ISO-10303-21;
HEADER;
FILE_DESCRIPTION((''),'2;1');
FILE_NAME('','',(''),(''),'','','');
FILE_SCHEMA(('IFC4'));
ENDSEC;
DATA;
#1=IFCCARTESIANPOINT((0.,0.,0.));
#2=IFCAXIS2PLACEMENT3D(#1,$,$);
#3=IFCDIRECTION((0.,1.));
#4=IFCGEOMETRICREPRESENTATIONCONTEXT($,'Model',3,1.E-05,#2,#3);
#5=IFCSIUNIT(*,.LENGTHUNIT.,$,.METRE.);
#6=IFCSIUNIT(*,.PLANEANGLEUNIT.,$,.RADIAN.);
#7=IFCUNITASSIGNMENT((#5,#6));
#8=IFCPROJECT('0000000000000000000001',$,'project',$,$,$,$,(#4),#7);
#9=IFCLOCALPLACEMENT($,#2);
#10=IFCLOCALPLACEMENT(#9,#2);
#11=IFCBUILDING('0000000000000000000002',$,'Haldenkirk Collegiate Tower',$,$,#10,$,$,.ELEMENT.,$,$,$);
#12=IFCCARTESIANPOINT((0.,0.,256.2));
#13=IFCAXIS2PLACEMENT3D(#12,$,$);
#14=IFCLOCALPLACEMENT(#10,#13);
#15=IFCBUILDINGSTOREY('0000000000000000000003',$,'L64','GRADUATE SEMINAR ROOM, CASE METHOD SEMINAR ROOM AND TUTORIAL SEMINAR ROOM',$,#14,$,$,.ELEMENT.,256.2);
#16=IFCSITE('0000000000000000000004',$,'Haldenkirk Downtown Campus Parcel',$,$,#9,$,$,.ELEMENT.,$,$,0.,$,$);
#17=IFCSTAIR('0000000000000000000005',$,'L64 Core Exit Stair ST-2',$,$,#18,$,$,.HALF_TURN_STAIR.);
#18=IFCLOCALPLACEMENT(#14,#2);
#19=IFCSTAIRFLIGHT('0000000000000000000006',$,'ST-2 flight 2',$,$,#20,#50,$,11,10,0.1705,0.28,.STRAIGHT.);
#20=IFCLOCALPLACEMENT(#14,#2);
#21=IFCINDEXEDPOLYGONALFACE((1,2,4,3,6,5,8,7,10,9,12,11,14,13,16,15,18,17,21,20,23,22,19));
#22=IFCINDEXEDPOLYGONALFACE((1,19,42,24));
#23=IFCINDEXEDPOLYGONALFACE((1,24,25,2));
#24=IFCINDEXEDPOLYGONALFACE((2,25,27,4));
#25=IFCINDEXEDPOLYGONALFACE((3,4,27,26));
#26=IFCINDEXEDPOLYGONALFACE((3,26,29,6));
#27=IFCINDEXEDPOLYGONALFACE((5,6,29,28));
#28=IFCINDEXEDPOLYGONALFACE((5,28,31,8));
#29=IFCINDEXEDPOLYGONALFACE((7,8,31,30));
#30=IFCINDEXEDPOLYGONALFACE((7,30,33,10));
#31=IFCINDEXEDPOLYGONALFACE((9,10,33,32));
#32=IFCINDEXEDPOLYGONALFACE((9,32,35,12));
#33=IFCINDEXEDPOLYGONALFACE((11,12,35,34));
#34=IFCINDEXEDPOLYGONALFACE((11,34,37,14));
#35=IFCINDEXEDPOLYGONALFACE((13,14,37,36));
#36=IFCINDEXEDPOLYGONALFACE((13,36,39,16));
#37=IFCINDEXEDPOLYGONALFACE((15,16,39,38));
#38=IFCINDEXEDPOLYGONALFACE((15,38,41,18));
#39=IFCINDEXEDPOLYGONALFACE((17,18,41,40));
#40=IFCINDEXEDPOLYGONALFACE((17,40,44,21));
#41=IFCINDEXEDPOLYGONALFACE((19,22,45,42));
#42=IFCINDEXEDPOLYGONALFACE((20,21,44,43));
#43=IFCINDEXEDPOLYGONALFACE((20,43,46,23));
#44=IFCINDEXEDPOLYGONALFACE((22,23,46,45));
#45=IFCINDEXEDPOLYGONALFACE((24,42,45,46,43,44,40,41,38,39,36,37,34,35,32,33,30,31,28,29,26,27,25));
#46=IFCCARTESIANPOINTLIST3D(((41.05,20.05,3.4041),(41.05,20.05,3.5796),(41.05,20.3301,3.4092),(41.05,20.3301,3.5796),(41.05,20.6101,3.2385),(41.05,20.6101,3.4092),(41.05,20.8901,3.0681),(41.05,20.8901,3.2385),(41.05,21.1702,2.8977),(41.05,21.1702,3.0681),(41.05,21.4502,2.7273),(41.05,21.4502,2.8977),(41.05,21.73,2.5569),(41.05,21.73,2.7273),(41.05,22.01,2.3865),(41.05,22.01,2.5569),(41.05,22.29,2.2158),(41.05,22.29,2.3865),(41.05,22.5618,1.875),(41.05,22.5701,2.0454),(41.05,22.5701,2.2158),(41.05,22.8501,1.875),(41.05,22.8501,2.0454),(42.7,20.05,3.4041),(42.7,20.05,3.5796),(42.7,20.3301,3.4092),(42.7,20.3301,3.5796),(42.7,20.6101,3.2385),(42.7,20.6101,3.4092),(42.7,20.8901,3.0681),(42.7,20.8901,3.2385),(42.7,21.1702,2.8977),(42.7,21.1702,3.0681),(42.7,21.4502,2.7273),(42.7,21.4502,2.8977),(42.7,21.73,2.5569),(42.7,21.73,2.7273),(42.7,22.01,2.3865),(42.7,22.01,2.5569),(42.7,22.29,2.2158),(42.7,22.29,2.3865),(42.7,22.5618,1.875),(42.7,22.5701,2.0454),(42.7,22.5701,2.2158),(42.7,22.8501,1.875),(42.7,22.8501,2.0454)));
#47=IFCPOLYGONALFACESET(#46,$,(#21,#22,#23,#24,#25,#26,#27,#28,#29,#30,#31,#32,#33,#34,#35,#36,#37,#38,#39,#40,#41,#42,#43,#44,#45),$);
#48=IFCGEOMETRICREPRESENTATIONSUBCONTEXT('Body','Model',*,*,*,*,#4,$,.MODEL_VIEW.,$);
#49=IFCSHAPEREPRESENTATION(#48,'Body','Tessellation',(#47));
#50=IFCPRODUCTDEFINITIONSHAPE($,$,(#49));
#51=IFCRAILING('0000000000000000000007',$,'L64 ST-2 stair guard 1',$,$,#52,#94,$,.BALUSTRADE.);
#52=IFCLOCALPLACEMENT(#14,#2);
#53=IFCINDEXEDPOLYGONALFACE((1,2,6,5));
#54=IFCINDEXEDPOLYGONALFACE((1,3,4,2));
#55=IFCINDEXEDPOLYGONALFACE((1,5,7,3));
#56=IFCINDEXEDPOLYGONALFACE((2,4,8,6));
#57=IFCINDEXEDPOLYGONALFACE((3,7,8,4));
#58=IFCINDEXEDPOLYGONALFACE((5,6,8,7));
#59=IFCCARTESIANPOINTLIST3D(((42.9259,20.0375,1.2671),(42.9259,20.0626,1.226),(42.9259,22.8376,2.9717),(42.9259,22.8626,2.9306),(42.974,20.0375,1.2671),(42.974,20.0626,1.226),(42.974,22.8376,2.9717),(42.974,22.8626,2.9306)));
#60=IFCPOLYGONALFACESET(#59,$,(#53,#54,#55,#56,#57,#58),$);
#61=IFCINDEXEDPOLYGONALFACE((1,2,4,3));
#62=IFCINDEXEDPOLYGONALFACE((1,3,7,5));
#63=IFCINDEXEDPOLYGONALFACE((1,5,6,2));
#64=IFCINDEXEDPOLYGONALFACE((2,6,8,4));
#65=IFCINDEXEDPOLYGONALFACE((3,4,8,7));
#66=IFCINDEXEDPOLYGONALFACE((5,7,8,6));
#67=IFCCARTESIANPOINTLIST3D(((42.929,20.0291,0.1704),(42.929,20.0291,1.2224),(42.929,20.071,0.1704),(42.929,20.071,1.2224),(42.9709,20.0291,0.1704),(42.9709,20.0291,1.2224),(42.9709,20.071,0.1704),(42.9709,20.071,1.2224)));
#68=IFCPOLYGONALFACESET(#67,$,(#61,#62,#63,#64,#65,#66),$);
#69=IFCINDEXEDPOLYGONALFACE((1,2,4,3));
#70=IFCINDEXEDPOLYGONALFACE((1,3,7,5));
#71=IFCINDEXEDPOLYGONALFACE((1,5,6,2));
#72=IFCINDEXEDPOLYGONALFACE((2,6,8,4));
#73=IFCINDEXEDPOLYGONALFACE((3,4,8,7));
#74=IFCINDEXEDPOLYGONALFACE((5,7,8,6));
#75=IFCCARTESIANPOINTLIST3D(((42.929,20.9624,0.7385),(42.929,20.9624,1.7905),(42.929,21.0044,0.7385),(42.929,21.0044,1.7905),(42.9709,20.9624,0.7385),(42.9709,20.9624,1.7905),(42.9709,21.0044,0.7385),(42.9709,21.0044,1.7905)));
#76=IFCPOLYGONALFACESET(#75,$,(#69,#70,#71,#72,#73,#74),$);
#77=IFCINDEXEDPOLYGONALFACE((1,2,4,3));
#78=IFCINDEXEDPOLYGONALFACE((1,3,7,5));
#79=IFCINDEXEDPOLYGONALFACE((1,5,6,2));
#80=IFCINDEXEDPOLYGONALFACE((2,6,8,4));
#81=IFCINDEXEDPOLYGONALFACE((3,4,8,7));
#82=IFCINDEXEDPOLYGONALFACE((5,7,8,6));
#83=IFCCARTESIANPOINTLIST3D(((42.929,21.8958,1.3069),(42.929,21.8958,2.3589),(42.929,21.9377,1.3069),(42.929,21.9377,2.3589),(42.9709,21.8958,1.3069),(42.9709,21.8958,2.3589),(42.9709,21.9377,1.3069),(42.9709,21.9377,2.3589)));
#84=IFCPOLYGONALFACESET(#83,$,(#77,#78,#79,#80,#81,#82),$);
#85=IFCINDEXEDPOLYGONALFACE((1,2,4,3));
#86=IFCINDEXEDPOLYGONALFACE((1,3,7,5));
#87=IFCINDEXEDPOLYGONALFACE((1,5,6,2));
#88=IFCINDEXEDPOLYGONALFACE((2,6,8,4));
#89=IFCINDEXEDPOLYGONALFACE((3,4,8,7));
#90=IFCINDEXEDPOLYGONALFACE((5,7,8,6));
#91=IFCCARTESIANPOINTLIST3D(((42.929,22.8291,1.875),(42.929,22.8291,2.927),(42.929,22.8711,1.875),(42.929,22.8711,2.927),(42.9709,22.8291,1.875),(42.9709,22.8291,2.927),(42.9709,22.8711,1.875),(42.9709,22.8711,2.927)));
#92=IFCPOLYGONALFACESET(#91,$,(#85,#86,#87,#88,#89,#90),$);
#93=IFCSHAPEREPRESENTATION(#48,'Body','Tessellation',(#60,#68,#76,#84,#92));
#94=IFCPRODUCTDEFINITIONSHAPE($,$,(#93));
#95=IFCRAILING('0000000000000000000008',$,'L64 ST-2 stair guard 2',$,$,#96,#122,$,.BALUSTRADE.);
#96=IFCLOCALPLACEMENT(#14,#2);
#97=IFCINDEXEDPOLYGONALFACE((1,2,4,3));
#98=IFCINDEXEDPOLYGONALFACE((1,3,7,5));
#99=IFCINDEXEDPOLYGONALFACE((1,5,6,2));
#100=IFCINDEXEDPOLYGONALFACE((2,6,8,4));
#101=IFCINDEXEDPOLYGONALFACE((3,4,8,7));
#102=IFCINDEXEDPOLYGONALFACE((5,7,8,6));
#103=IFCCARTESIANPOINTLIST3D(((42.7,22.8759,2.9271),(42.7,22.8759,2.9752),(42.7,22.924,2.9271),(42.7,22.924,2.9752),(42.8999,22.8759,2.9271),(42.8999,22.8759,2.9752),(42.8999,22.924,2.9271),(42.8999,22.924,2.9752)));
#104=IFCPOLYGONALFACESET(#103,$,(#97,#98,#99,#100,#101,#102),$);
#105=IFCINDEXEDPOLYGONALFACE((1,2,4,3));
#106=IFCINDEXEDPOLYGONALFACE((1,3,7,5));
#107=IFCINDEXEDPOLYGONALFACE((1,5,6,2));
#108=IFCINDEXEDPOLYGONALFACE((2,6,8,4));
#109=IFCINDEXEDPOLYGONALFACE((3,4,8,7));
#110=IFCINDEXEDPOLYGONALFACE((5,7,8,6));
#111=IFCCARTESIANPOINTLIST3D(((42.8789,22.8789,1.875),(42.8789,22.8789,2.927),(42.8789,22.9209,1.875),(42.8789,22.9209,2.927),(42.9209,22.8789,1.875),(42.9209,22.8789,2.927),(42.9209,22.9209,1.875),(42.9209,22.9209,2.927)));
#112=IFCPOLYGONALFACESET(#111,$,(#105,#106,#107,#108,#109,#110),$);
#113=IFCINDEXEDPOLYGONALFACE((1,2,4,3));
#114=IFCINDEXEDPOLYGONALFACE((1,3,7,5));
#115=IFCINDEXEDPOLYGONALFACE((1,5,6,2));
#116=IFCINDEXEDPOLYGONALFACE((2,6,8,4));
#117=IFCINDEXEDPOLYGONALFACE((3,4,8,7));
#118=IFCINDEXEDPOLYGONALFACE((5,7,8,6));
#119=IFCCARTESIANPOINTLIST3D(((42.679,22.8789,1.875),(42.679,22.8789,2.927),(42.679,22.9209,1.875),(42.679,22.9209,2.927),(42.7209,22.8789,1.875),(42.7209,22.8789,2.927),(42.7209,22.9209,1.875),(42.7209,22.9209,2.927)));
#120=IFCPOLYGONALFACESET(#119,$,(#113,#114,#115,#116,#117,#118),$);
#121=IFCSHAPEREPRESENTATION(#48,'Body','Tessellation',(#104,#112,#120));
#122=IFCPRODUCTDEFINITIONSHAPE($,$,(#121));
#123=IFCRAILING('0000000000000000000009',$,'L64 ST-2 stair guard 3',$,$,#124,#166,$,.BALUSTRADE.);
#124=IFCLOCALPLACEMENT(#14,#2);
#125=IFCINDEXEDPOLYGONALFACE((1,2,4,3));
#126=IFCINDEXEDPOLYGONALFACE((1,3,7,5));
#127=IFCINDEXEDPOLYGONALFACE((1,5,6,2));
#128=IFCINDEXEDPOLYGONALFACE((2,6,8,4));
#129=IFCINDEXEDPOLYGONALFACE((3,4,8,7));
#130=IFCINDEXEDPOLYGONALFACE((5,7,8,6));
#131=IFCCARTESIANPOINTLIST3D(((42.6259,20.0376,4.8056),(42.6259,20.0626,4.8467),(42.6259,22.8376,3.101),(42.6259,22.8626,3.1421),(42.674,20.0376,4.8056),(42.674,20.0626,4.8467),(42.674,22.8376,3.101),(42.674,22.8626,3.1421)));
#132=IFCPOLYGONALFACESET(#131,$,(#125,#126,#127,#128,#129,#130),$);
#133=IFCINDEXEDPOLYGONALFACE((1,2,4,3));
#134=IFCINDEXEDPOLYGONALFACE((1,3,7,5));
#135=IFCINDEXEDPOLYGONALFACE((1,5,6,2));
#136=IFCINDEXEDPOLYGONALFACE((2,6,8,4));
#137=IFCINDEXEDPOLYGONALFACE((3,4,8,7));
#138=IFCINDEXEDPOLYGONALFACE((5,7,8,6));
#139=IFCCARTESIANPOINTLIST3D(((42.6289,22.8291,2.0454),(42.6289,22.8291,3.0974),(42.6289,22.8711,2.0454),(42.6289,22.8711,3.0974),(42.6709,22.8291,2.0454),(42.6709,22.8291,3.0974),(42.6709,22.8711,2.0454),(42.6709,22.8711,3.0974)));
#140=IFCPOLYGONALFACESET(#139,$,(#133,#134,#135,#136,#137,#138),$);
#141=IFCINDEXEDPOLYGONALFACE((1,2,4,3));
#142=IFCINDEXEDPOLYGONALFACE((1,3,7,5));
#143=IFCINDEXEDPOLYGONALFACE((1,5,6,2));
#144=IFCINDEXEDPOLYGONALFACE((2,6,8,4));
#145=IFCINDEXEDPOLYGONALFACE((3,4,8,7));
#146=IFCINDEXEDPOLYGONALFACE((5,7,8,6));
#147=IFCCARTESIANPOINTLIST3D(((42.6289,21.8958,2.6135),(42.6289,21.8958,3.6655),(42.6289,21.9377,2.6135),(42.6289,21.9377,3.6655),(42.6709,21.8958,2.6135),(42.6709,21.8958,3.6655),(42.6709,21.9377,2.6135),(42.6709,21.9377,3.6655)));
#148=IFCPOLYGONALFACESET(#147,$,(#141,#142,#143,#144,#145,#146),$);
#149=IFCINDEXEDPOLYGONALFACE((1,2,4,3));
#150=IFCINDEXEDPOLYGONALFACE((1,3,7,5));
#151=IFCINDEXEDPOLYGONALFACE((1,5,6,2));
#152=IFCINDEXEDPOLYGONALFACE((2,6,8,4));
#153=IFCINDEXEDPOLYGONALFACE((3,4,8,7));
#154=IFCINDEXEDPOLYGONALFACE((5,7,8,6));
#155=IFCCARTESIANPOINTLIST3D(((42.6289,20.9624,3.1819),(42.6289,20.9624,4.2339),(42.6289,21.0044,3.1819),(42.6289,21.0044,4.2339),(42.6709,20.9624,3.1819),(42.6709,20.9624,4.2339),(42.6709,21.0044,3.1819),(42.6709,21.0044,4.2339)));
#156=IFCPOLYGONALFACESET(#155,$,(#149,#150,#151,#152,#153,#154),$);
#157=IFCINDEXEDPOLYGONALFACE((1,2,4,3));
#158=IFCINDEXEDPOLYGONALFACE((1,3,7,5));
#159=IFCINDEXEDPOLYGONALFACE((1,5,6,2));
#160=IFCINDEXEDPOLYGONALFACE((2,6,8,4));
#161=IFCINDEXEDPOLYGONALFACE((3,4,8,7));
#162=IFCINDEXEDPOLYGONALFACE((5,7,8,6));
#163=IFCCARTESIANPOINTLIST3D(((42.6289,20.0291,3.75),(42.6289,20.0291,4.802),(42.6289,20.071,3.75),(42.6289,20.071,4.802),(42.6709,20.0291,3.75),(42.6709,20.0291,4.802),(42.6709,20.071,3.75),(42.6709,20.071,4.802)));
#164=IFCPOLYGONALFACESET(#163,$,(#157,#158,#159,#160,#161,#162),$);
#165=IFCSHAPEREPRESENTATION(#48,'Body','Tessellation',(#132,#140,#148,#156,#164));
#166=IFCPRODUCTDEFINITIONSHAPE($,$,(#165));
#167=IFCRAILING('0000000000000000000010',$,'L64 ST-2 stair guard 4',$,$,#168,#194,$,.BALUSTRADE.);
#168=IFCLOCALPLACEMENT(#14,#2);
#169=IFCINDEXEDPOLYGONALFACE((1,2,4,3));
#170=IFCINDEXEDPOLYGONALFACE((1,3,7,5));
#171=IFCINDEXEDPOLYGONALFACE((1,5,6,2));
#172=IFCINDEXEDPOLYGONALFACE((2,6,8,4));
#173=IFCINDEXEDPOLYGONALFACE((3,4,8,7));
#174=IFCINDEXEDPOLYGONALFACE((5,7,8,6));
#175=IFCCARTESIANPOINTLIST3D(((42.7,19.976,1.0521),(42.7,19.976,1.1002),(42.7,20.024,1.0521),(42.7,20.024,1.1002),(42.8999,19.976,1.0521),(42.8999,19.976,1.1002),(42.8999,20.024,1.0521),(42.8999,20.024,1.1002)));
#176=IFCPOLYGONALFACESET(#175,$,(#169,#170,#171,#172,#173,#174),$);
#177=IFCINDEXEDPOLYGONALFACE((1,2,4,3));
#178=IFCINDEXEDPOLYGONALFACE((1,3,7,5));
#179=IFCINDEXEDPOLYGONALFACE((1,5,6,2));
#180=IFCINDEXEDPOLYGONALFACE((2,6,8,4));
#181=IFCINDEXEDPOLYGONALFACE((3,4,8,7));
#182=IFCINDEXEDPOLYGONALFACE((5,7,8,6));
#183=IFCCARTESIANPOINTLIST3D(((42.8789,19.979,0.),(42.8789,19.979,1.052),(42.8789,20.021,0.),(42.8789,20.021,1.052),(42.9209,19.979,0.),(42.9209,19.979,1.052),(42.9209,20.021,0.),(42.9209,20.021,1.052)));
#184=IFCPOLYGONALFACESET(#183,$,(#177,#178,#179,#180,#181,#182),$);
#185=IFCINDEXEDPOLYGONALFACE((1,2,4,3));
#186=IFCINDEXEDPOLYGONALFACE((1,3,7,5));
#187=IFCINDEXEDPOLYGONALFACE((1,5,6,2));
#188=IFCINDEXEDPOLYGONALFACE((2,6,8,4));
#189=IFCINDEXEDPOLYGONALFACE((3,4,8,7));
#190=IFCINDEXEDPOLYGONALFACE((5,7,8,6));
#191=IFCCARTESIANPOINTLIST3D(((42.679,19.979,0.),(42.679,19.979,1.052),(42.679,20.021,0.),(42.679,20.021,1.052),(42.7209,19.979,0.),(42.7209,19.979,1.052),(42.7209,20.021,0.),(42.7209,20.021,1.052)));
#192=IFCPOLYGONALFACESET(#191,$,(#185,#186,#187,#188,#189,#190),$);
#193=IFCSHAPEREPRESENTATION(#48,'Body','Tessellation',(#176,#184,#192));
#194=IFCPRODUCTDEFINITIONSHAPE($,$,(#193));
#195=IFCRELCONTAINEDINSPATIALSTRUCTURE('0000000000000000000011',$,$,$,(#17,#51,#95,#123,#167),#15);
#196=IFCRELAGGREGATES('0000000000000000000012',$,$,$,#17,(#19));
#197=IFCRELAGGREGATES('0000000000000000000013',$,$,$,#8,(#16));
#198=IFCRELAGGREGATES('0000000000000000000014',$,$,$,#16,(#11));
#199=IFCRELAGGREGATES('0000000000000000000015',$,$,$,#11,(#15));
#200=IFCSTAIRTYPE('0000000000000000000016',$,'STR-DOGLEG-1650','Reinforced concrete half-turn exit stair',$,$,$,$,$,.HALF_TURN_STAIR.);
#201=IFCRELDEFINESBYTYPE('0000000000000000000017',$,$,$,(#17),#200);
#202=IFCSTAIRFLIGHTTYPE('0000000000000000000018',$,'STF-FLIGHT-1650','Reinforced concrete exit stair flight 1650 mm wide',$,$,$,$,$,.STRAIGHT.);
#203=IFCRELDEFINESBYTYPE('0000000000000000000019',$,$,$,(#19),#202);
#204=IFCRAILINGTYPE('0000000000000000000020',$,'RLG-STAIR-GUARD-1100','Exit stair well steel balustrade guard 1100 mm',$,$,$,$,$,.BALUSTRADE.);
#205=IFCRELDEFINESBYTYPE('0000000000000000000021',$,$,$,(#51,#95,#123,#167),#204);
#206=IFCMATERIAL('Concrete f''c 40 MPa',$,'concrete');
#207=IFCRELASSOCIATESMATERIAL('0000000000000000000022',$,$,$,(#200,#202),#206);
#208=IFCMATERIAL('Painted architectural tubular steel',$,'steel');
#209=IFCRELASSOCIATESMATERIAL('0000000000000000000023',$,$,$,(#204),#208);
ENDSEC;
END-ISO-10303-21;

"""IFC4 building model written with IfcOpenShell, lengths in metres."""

from ifc_helpers import new_model, si_unit, direction, frame, origin, origin_2d, place, context, subcontext, project, spatial, polyline, rectangle, outline, extrude, material, type_object, element, aggregate, save


model = new_model("IFC4")

# Units and contexts
model_context = context("Model", 3, precision=1e-05, world=origin(), true_north=direction((0.0, 1.0)))
body_context = subcontext(model_context, "Body", "Model", "MODEL_VIEW")
ifc_project = project(units=[si_unit("LENGTHUNIT", "METRE"), si_unit("PLANEANGLEUNIT", "RADIAN")], contexts=[model_context])

# Site, building, storey
site_placement = place(None, origin())
site = spatial("IfcSite", under=ifc_project, at=site_placement, Name="Haldenkirk Downtown Campus Parcel", CompositionType="ELEMENT", RefElevation=0.0)
building_placement = place(site_placement, origin())
building = spatial("IfcBuilding", under=site, at=building_placement, Name="Haldenkirk Collegiate Tower", CompositionType="ELEMENT")
storey_placement = place(building_placement, frame((0.0, 0.0, 256.2)))
storey = spatial("IfcBuildingStorey", under=building, at=storey_placement, Name="L64", Description="GRADUATE SEMINAR ROOM, CASE METHOD SEMINAR ROOM AND TUTORIAL SEMINAR ROOM", CompositionType="ELEMENT", Elevation=256.2)

# Stair, stair flight
ifc_material_1 = material(Name="Concrete f'c 40 MPa", Category="concrete")
stair_type = type_object("IfcStairType", Name="STR-DOGLEG-1650", Description="Reinforced concrete half-turn exit stair", PredefinedType="HALF_TURN_STAIR", material=ifc_material_1)
stair_placement = place(storey_placement, origin())
stair = element("IfcStair", 1, at=stair_placement, inside=storey, type_object=stair_type, Name="L64 Core Exit Stair ST-2", PredefinedType="HALF_TURN_STAIR")
stair_flight_type = type_object("IfcStairFlightType", Name="STF-FLIGHT-1650", Description="Reinforced concrete exit stair flight 1650 mm wide", PredefinedType="STRAIGHT", material=ifc_material_1)
stair_flight_1_placement = place(storey_placement, frame((41.875, 22.8501, 1.875), z_axis=(0.0, 0.0, 1.0), x_axis=(0.0, -1.0, 0.0)))
stair_flight_1 = element("IfcStairFlight", 2, at=stair_flight_1_placement, type_object=stair_flight_type, Name="ST-2 flight 2", NumberOfRisers=11, NumberOfTreads=10, PredefinedType="STRAIGHT", RiserHeight=0.1705, TreadLength=0.28, context=body_context, shape_type="SweptSolid", body=[
    extrude(outline(polyline([(0.0, 0.0), (0.0, 0.1704), (0.28, 0.1704), (0.28, 0.3408), (0.5601, 0.3408), (0.5601, 0.5115), (0.8401, 0.5115), (0.8401, 0.6819), (1.1201, 0.6819), (1.1201, 0.8523), (1.3999, 0.8523), (1.3999, 1.0227), (1.6799, 1.0227), (1.6799, 1.1931), (1.96, 1.1931), (1.96, 1.3635), (2.24, 1.3635), (2.24, 1.5342), (2.52, 1.5342), (2.52, 1.7046), (2.8, 1.7046), (2.8, 1.875), (2.8, 1.5291), (0.2883, 0.0), (0.0, 0.0)])), frame((0.0, 0.825, 0.0), z_axis=(0.0, -1.0, 0.0), x_axis=(1.0, 0.0, 0.0)), (0.0, 0.0, 1.0), 1.6499),
])
aggregate(stair, [stair_flight_1])

# Railings
ifc_material_2 = material(Name="Painted architectural tubular steel", Category="steel")
railing_type_1 = type_object("IfcRailingType", Name="RLG-STAIR-GUARD-1100", Description="Exit stair well steel balustrade guard 1100 mm", PredefinedType="BALUSTRADE", material=ifc_material_2)
railing_1_placement = place(storey_placement, frame((42.95, 20.05, 0.1704)))
element("IfcRailing", 3, at=railing_1_placement, inside=storey, type_object=railing_type_1, Name="L64 ST-2 stair guard 1", PredefinedType="BALUSTRADE", context=body_context, shape_type="SweptSolid", body=[
    extrude(rectangle(XDim=0.0481, YDim=0.0481, at=origin_2d()), frame((0.0, 0.0, 1.0762), z_axis=(0.0, 0.85417, 0.519994), x_axis=(-1.0, 0.0, 0.0)), (0.0, 0.0, 1.0), 3.2781),
    extrude(rectangle(XDim=0.042, YDim=0.042, at=origin_2d()), origin(), (0.0, 0.0, 1.0), 1.052),
    extrude(rectangle(XDim=0.042, YDim=0.042, at=origin_2d()), frame((0.0, 0.9333, 0.5681)), (0.0, 0.0, 1.0), 1.052),
    extrude(rectangle(XDim=0.042, YDim=0.042, at=origin_2d()), frame((0.0, 1.8667, 1.1365)), (0.0, 0.0, 1.0), 1.052),
    extrude(rectangle(XDim=0.042, YDim=0.042, at=origin_2d()), frame((0.0, 2.8, 1.7046)), (0.0, 0.0, 1.0), 1.052),
])
railing_2_placement = place(storey_placement, frame((42.8999, 22.8999, 1.875)))
element("IfcRailing", 4, at=railing_2_placement, inside=storey, type_object=railing_type_1, Name="L64 ST-2 stair guard 2", PredefinedType="BALUSTRADE", context=body_context, shape_type="SweptSolid", body=[
    extrude(rectangle(XDim=0.0481, YDim=0.0481, at=origin_2d()), frame((0.0, 0.0, 1.0762), z_axis=(-1.0, 0.0, 0.0), x_axis=(0.0, -1.0, 0.0)), (0.0, 0.0, 1.0), 0.2),
    extrude(rectangle(XDim=0.042, YDim=0.042, at=origin_2d()), origin(), (0.0, 0.0, 1.0), 1.052),
    extrude(rectangle(XDim=0.042, YDim=0.042, at=origin_2d()), frame((-0.2, 0.0, 0.0)), (0.0, 0.0, 1.0), 1.052),
])
railing_3_placement = place(storey_placement, frame((42.6499, 22.8501, 2.0454)))
element("IfcRailing", 5, at=railing_3_placement, inside=storey, type_object=railing_type_1, Name="L64 ST-2 stair guard 3", PredefinedType="BALUSTRADE", context=body_context, shape_type="SweptSolid", body=[
    extrude(rectangle(XDim=0.0481, YDim=0.0481, at=origin_2d()), frame((0.0, 0.0, 1.0762), z_axis=(0.0, -0.85417, 0.519994), x_axis=(1.0, 0.0, 0.0)), (0.0, 0.0, 1.0), 3.2781),
    extrude(rectangle(XDim=0.042, YDim=0.042, at=origin_2d()), origin(), (0.0, 0.0, 1.0), 1.052),
    extrude(rectangle(XDim=0.042, YDim=0.042, at=origin_2d()), frame((0.0, -0.9333, 0.5681)), (0.0, 0.0, 1.0), 1.052),
    extrude(rectangle(XDim=0.042, YDim=0.042, at=origin_2d()), frame((0.0, -1.8667, 1.1365)), (0.0, 0.0, 1.0), 1.052),
    extrude(rectangle(XDim=0.042, YDim=0.042, at=origin_2d()), frame((0.0, -2.8, 1.7046)), (0.0, 0.0, 1.0), 1.052),
])
railing_4_placement = place(storey_placement, frame((42.8999, 20.0, 0.0)))
element("IfcRailing", 6, at=railing_4_placement, inside=storey, type_object=railing_type_1, Name="L64 ST-2 stair guard 4", PredefinedType="BALUSTRADE", context=body_context, shape_type="SweptSolid", body=[
    extrude(rectangle(XDim=0.0481, YDim=0.0481, at=origin_2d()), frame((0.0, 0.0, 1.0762), z_axis=(-1.0, 0.0, 0.0), x_axis=(0.0, -1.0, 0.0)), (0.0, 0.0, 1.0), 0.2),
    extrude(rectangle(XDim=0.042, YDim=0.042, at=origin_2d()), origin(), (0.0, 0.0, 1.0), 1.052),
    extrude(rectangle(XDim=0.042, YDim=0.042, at=origin_2d()), frame((-0.2, 0.0, 0.0)), (0.0, 0.0, 1.0), 1.052),
])

save(model, "model.ifc")
